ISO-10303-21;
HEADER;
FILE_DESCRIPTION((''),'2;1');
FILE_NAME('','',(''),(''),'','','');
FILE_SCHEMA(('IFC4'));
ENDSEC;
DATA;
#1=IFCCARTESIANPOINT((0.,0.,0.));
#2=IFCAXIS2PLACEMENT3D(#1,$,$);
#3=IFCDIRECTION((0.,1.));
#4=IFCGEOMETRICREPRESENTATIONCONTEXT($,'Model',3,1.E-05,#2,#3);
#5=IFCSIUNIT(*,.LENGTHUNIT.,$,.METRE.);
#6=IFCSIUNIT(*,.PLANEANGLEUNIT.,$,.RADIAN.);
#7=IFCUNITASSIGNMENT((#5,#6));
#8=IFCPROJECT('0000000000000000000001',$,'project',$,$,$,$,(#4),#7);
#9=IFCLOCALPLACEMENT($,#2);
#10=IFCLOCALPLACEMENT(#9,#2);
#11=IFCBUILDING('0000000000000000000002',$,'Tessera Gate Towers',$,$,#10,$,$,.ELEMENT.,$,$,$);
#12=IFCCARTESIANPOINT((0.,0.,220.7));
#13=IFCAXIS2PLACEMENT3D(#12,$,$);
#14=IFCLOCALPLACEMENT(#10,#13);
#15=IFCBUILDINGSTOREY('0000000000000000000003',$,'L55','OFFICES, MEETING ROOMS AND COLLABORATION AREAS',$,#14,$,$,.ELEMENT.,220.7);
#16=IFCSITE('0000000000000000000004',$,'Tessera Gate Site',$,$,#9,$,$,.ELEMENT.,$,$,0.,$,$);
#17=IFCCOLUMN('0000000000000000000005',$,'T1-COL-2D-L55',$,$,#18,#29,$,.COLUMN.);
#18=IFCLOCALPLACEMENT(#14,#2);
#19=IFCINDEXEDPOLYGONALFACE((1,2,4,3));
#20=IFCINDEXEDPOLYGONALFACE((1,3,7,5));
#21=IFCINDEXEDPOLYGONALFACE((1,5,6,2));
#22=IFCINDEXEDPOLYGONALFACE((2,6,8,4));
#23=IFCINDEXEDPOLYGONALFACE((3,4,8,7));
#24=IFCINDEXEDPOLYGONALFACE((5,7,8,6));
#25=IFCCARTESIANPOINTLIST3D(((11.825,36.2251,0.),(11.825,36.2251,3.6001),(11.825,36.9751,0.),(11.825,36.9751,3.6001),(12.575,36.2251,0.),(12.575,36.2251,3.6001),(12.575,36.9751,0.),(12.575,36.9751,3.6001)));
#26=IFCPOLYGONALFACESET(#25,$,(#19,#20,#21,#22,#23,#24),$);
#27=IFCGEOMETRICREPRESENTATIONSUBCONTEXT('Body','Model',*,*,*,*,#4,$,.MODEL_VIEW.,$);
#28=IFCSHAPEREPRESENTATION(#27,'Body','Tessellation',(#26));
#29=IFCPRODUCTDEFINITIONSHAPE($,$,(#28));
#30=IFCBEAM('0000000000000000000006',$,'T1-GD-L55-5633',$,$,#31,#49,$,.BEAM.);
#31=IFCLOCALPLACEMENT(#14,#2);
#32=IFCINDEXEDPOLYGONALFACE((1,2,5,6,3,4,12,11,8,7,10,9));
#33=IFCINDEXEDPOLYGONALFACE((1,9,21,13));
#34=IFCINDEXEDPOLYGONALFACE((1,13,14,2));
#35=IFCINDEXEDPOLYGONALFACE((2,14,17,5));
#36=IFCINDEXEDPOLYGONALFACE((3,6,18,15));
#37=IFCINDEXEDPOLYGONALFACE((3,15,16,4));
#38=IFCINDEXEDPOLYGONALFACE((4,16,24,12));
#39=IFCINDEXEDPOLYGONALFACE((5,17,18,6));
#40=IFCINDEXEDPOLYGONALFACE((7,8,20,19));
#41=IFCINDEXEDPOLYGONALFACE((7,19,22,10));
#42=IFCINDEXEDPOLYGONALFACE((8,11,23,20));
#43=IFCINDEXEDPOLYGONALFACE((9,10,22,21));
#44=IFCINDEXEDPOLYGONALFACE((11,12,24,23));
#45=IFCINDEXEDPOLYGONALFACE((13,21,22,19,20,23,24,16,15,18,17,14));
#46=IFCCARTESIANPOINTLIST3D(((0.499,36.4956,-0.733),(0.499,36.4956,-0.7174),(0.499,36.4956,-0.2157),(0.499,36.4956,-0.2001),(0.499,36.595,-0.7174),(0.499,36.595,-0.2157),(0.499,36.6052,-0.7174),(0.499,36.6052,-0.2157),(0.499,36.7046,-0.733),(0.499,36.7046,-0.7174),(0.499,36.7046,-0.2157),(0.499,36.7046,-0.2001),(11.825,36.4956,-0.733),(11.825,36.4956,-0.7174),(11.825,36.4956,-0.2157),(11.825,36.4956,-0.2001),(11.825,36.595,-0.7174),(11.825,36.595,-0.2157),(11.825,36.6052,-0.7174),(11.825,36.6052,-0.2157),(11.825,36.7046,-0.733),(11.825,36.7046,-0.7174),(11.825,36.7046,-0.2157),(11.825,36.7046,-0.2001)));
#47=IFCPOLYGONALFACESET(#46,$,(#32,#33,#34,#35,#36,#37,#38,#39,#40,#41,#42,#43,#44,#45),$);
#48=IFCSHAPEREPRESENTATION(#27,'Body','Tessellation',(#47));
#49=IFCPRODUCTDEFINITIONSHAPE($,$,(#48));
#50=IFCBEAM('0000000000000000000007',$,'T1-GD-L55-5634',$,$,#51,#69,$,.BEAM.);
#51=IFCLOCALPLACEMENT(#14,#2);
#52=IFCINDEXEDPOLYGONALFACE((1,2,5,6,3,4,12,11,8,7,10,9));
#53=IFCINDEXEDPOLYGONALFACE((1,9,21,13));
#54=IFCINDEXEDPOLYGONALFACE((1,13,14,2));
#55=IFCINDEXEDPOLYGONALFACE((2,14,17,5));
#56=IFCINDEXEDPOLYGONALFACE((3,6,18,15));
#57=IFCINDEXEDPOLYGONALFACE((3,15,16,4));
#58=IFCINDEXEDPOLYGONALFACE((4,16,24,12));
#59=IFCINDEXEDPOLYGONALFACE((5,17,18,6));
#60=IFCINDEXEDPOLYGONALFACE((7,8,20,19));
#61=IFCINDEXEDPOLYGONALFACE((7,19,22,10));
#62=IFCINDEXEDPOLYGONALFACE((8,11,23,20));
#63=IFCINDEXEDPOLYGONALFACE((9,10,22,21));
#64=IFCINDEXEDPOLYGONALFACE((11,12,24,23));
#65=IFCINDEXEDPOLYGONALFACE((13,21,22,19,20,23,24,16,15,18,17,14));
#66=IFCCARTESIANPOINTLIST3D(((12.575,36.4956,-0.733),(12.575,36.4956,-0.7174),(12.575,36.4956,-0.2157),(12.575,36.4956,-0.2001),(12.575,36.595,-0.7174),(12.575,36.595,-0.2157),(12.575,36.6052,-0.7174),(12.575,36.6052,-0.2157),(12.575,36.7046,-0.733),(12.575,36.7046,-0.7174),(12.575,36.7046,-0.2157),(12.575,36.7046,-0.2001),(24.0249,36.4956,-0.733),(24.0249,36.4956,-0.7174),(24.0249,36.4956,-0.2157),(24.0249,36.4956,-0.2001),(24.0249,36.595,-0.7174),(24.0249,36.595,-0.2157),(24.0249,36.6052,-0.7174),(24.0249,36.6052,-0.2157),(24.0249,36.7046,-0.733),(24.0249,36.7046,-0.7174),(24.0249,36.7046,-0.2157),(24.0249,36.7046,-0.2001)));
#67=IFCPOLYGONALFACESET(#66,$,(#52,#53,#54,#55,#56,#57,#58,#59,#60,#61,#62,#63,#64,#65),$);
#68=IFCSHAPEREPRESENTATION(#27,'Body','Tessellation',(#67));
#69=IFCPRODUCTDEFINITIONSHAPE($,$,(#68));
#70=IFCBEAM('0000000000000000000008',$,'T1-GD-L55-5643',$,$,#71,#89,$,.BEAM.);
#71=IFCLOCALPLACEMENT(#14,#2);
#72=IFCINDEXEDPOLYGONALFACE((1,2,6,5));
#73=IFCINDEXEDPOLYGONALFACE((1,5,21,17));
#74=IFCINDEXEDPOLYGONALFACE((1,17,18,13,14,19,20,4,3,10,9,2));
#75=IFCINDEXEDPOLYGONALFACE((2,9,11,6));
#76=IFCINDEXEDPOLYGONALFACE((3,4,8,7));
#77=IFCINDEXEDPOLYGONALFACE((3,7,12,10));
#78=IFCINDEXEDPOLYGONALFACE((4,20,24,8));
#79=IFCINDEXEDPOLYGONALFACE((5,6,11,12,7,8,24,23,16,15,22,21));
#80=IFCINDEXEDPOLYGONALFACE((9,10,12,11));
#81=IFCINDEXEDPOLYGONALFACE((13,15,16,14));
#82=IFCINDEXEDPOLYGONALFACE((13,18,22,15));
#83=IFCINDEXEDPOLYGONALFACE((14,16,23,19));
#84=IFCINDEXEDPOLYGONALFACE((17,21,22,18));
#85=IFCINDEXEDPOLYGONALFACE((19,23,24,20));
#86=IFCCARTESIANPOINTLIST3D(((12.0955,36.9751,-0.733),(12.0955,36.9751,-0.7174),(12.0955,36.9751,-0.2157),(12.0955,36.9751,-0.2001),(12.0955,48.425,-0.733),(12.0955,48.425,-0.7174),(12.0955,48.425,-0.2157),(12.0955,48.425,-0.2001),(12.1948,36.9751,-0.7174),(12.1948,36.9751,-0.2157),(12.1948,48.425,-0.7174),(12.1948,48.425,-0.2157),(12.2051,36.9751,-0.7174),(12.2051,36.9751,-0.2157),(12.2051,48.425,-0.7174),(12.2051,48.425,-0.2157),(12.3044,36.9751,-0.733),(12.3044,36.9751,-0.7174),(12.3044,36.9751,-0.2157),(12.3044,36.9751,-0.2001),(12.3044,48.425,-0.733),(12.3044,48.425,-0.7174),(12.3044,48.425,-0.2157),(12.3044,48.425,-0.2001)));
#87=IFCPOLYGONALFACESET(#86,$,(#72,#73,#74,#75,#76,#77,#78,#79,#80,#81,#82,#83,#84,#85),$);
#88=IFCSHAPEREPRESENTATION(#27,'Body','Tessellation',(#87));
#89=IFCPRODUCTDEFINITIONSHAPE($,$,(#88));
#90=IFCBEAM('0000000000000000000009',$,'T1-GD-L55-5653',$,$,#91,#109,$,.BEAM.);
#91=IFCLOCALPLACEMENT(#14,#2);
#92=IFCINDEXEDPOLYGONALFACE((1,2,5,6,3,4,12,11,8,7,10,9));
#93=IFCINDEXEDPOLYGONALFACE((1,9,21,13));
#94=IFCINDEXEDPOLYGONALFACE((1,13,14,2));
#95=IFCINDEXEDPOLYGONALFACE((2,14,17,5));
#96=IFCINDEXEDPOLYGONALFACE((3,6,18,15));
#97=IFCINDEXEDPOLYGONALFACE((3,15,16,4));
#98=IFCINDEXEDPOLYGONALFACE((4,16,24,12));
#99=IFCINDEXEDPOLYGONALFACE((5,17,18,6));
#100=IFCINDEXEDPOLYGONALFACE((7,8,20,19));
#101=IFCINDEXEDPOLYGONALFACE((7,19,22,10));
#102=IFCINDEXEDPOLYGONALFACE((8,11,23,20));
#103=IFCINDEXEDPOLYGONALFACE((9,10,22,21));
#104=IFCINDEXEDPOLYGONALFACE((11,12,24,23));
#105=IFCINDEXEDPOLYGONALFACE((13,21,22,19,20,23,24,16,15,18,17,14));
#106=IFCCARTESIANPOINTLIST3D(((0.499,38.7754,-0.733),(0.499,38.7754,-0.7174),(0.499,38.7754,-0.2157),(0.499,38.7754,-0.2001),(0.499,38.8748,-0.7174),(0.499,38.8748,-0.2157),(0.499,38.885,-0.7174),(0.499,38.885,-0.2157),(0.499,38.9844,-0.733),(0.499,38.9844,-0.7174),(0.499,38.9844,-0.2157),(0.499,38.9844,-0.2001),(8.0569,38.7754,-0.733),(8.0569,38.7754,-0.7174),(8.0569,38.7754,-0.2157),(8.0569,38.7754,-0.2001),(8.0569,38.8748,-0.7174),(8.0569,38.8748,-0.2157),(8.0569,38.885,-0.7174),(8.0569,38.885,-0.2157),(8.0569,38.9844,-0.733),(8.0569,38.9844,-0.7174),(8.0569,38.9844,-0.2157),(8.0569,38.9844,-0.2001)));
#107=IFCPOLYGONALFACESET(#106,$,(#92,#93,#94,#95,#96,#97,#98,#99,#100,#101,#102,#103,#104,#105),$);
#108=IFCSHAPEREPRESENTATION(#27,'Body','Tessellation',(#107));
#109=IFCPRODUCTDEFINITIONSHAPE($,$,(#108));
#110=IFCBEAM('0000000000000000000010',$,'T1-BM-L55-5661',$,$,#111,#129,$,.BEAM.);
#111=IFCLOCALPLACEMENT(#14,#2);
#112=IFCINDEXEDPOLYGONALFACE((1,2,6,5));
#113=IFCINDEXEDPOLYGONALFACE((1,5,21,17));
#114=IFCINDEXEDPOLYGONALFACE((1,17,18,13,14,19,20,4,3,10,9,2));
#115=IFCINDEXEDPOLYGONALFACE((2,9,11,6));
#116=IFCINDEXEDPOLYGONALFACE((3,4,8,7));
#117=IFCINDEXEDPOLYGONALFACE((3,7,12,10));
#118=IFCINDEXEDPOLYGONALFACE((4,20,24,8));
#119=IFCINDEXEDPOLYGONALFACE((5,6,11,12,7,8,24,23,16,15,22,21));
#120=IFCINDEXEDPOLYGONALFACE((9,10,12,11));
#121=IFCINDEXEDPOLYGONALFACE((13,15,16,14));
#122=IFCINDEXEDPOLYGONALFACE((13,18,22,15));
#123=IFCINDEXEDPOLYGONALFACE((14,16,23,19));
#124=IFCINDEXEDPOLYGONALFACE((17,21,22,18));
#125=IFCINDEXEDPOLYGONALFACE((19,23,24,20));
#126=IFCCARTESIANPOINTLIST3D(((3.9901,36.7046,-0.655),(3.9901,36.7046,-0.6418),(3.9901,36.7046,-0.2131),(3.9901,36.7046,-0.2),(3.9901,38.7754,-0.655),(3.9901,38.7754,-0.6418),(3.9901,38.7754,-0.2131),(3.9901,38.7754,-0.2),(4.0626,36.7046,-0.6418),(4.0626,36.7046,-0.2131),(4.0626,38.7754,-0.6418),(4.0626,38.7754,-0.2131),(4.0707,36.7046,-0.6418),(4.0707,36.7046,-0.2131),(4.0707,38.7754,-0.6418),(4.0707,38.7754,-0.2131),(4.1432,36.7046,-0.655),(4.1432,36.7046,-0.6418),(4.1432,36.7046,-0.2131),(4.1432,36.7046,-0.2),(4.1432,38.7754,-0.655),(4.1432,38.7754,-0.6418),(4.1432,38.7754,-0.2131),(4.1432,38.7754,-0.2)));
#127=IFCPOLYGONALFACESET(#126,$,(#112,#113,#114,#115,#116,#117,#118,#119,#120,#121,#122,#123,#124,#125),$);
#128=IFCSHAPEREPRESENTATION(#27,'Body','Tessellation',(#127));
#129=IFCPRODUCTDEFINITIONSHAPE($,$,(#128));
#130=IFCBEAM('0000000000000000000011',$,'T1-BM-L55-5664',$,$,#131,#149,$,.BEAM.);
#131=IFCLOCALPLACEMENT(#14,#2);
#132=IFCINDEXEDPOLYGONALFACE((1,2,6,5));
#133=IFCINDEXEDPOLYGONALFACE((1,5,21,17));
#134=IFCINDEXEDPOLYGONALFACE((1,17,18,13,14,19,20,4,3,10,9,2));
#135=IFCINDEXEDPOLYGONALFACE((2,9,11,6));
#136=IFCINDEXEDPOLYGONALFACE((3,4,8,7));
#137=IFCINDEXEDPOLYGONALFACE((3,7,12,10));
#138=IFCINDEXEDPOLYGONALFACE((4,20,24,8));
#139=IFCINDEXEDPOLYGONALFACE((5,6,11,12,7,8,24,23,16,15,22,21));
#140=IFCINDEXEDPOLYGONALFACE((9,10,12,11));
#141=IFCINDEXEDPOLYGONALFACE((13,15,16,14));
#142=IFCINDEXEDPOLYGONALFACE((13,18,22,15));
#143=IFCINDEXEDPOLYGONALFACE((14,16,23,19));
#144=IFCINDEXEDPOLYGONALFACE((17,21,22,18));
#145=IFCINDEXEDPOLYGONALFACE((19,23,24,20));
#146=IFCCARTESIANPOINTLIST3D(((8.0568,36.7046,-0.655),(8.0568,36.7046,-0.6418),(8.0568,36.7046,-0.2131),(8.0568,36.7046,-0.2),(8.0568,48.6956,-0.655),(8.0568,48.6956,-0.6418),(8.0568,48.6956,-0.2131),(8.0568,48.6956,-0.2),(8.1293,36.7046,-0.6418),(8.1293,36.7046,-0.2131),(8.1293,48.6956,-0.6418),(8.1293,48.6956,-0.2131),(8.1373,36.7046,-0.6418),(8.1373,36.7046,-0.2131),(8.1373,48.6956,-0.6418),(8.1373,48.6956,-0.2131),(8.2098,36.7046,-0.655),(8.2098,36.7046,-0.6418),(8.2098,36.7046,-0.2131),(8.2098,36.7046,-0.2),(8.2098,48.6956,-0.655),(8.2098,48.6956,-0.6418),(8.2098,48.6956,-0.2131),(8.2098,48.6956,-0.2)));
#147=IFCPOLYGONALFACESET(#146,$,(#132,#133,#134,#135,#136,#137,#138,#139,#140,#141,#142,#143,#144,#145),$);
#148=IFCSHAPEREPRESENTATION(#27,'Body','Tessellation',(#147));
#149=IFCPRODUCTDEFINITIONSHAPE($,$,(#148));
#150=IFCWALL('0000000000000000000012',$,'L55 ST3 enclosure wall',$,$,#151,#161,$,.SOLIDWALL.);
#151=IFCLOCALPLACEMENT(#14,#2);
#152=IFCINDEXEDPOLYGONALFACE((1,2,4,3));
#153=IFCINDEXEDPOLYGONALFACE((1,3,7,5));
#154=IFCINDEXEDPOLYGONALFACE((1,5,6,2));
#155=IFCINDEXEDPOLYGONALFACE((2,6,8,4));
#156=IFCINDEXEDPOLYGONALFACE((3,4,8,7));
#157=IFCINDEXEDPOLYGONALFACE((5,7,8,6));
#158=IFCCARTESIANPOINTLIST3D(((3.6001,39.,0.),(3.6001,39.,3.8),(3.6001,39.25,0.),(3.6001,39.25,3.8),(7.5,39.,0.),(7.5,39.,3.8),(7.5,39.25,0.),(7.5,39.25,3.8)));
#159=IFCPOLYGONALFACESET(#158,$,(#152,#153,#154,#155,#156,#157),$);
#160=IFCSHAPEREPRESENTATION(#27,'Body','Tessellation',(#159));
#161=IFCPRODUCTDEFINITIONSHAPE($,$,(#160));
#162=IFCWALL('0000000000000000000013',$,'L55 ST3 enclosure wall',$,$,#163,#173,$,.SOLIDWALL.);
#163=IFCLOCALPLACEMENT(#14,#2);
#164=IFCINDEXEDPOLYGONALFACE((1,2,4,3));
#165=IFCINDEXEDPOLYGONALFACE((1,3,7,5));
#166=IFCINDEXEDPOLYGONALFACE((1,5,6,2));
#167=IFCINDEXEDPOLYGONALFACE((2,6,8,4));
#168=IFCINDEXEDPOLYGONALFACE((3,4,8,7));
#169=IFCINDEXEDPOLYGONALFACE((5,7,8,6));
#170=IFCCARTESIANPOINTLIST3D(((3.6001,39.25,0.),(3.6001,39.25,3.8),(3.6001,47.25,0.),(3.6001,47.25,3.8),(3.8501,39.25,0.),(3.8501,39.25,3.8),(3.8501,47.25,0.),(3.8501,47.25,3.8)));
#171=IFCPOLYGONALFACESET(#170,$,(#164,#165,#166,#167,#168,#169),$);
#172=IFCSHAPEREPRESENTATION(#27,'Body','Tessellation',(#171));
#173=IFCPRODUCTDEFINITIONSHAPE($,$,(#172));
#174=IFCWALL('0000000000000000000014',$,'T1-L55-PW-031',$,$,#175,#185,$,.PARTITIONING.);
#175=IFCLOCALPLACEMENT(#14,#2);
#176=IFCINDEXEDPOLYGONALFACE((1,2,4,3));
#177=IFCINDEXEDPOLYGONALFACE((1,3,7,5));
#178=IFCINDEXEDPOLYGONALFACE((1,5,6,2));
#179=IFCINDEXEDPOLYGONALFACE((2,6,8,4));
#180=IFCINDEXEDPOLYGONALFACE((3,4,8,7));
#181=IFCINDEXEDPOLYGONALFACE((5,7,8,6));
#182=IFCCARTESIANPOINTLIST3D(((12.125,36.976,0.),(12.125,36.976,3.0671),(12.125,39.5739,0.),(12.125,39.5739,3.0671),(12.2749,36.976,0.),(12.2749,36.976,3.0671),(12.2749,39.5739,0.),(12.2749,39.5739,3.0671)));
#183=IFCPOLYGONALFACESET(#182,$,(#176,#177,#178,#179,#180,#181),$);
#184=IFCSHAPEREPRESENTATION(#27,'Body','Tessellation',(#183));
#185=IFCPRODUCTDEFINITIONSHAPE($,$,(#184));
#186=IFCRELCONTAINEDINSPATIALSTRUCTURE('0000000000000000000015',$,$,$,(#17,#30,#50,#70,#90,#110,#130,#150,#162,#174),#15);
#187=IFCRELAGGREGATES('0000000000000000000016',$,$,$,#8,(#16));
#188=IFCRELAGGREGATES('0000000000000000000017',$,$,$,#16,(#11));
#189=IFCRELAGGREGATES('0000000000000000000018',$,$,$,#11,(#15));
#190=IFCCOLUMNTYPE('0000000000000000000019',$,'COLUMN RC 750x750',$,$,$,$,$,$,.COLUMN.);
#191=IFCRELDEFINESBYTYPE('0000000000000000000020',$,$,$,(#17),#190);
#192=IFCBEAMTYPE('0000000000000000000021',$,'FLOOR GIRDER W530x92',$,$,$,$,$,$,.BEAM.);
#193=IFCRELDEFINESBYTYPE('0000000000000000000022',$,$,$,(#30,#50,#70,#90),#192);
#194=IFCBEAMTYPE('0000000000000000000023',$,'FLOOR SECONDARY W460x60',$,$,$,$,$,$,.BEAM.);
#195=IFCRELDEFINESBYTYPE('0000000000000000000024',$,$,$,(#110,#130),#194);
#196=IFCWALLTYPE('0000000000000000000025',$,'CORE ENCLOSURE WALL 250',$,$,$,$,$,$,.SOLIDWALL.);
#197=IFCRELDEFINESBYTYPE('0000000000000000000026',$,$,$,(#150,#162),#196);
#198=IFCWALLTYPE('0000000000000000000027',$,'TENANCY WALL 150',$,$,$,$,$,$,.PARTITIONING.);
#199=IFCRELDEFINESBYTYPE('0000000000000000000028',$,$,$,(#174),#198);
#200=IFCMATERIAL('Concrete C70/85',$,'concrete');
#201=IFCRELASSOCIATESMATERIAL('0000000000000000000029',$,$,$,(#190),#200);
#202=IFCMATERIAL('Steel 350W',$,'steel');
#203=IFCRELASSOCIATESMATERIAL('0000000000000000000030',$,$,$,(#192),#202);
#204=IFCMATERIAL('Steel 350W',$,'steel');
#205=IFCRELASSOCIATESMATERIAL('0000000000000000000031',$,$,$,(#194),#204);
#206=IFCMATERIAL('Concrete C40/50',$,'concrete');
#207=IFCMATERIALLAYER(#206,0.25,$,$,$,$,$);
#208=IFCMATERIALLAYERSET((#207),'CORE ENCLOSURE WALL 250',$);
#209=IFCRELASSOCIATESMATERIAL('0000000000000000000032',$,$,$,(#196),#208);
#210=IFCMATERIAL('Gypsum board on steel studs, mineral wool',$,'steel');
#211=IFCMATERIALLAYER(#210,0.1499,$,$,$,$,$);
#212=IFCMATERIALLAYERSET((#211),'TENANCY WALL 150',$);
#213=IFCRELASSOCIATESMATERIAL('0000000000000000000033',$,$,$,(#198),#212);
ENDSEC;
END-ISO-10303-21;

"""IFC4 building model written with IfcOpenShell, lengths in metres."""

from ifc_helpers import new_model, si_unit, direction, frame, frame_2d, origin, origin_2d, place, context, subcontext, project, spatial, rectangle, i_section, extrude, material, layer, layer_set, material_profile, profile_set, type_object, element, save


model = new_model("IFC4")

# Units and contexts
model_context = context("Model", 3, precision=1e-05, world=origin(), true_north=direction((0.0, 1.0)))
body_context = subcontext(model_context, "Body", "Model", "MODEL_VIEW")
ifc_project = project(units=[si_unit("LENGTHUNIT", "METRE"), si_unit("PLANEANGLEUNIT", "RADIAN")], contexts=[model_context])

# Site, building, storey
site_placement = place(None, origin())
site = spatial("IfcSite", under=ifc_project, at=site_placement, Name="Tessera Gate Site", CompositionType="ELEMENT", RefElevation=0.0)
building_placement = place(site_placement, origin())
building = spatial("IfcBuilding", under=site, at=building_placement, Name="Tessera Gate Towers", CompositionType="ELEMENT")
storey_placement = place(building_placement, frame((0.0, 0.0, 220.7)))
storey = spatial("IfcBuildingStorey", under=building, at=storey_placement, Name="L55", Description="OFFICES, MEETING ROOMS AND COLLABORATION AREAS", CompositionType="ELEMENT", Elevation=220.7)

# Column
ifc_material_1 = material(Name="Concrete C70/85", Category="concrete")
ifc_material_profile_1 = material_profile(ifc_material_1, rectangle(XDim=0.75, YDim=0.75, at=origin_2d()), Name="RC 750x750")
ifc_profile_set_1 = profile_set([ifc_material_profile_1], Name="Concrete C70/85")
column_type = type_object("IfcColumnType", Name="COLUMN RC 750x750", PredefinedType="COLUMN", material=ifc_profile_set_1)
column_placement = place(storey_placement, frame((12.2, 36.6001, 0.0), z_axis=(0.0, 0.0, 1.0), x_axis=(1.0, 0.0, 0.0)))
element("IfcColumn", 1, at=column_placement, inside=storey, type_object=column_type, Name="T1-COL-2D-L55", PredefinedType="COLUMN", context=body_context, shape_type="SweptSolid", body=[
    extrude(rectangle(XDim=0.75, YDim=0.75, at=origin_2d()), origin(), (0.0, 0.0, 1.0), 3.6001),
])

# Beams
ifc_material_2 = material(Name="Steel 350W", Category="steel")
ifc_material_profile_2 = material_profile(ifc_material_2, i_section(OverallWidth=0.209, OverallDepth=0.533, WebThickness=0.0103, FlangeThickness=0.0156, at=origin_2d()), Name="W530x92")
ifc_profile_set_2 = profile_set([ifc_material_profile_2], Name="Steel 350W")
beam_type_1 = type_object("IfcBeamType", Name="FLOOR GIRDER W530x92", PredefinedType="BEAM", material=ifc_profile_set_2)
beam_1_placement = place(storey_placement, frame((0.499, 36.6001, -0.4666), z_axis=(1.0, 0.0, 0.0), x_axis=(0.0, 1.0, 0.0)))
element("IfcBeam", 2, at=beam_1_placement, inside=storey, type_object=beam_type_1, Name="T1-GD-L55-5633", PredefinedType="BEAM", context=body_context, shape_type="SweptSolid", body=[
    extrude(i_section(OverallWidth=0.209, OverallDepth=0.533, WebThickness=0.0103, FlangeThickness=0.0156, at=origin_2d()), origin(), (0.0, 0.0, 1.0), 11.3259),
])
for number, where, z_axis, x_axis, name in (
    (3, (12.575, 36.6001, -0.4666), (1.0, 0.0, 0.0), (0.0, 1.0, 0.0), "T1-GD-L55-5634"),
    (4, (12.2, 36.9751, -0.4666), (0.0, 1.0, 0.0), (-1.0, 0.0, 0.0), "T1-GD-L55-5643"),
):
    element("IfcBeam", number, at=place(storey_placement, frame(where, z_axis=z_axis, x_axis=x_axis)), inside=storey, type_object=beam_type_1, Name=name, PredefinedType="BEAM", context=body_context, shape_type="SweptSolid", body=[
        extrude(i_section(OverallWidth=0.209, OverallDepth=0.533, WebThickness=0.0103, FlangeThickness=0.0156, at=origin_2d()), origin(), (0.0, 0.0, 1.0), 11.45),
    ])
beam_2_placement = place(storey_placement, frame((0.499, 38.8799, -0.4666), z_axis=(1.0, 0.0, 0.0), x_axis=(0.0, 1.0, 0.0)))
element("IfcBeam", 5, at=beam_2_placement, inside=storey, type_object=beam_type_1, Name="T1-GD-L55-5653", PredefinedType="BEAM", context=body_context, shape_type="SweptSolid", body=[
    extrude(i_section(OverallWidth=0.209, OverallDepth=0.533, WebThickness=0.0103, FlangeThickness=0.0156, at=origin_2d()), origin(), (0.0, 0.0, 1.0), 7.5579),
])
ifc_material_3 = material(Name="Steel 350W", Category="steel")
ifc_material_profile_3 = material_profile(ifc_material_3, i_section(OverallWidth=0.1531, OverallDepth=0.4551, WebThickness=0.0081, FlangeThickness=0.0132, at=origin_2d()), Name="W460x60")
ifc_profile_set_3 = profile_set([ifc_material_profile_3], Name="Steel 350W")
beam_type_2 = type_object("IfcBeamType", Name="FLOOR SECONDARY W460x60", PredefinedType="BEAM", material=ifc_profile_set_3)
beam_3_placement = place(storey_placement, frame((4.0667, 36.7046, -0.4275), z_axis=(0.0, 1.0, 0.0), x_axis=(-1.0, 0.0, 0.0)))
element("IfcBeam", 6, at=beam_3_placement, inside=storey, type_object=beam_type_2, Name="T1-BM-L55-5661", PredefinedType="BEAM", context=body_context, shape_type="SweptSolid", body=[
    extrude(i_section(OverallWidth=0.1531, OverallDepth=0.4551, WebThickness=0.0081, FlangeThickness=0.0132, at=origin_2d()), origin(), (0.0, 0.0, 1.0), 2.0708),
])
beam_4_placement = place(storey_placement, frame((8.1333, 36.7046, -0.4275), z_axis=(0.0, 1.0, 0.0), x_axis=(-1.0, 0.0, 0.0)))
element("IfcBeam", 7, at=beam_4_placement, inside=storey, type_object=beam_type_2, Name="T1-BM-L55-5664", PredefinedType="BEAM", context=body_context, shape_type="SweptSolid", body=[
    extrude(i_section(OverallWidth=0.1531, OverallDepth=0.4551, WebThickness=0.0081, FlangeThickness=0.0132, at=origin_2d()), origin(), (0.0, 0.0, 1.0), 11.991),
])

# Walls
ifc_material_4 = material(Name="Concrete C40/50", Category="concrete")
ifc_layer_1 = layer(ifc_material_4, 0.25)
ifc_layer_set_1 = layer_set([ifc_layer_1], Name="CORE ENCLOSURE WALL 250")
wall_type_1 = type_object("IfcWallType", Name="CORE ENCLOSURE WALL 250", PredefinedType="SOLIDWALL", material=ifc_layer_set_1)
wall_1_placement = place(storey_placement, frame((7.5, 39.125, 0.0), z_axis=(0.0, 0.0, 1.0), x_axis=(-1.0, 0.0, 0.0)))
element("IfcWall", 8, at=wall_1_placement, inside=storey, type_object=wall_type_1, Name="L55 ST3 enclosure wall", PredefinedType="SOLIDWALL", context=body_context, shape_type="SweptSolid", body=[
    extrude(rectangle(XDim=3.8999, YDim=0.25, at=frame_2d((1.95, 0.0))), origin(), (0.0, 0.0, 1.0), 3.8),
])
wall_2_placement = place(storey_placement, frame((3.7251, 39.25, 0.0), z_axis=(0.0, 0.0, 1.0), x_axis=(0.0, 1.0, 0.0)))
element("IfcWall", 9, at=wall_2_placement, inside=storey, type_object=wall_type_1, Name="L55 ST3 enclosure wall", PredefinedType="SOLIDWALL", context=body_context, shape_type="SweptSolid", body=[
    extrude(rectangle(XDim=8.0, YDim=0.25, at=frame_2d((4.0, 0.0))), origin(), (0.0, 0.0, 1.0), 3.8),
])
ifc_material_5 = material(Name="Gypsum board on steel studs, mineral wool", Category="steel")
ifc_layer_2 = layer(ifc_material_5, 0.1499)
ifc_layer_set_2 = layer_set([ifc_layer_2], Name="TENANCY WALL 150")
wall_type_2 = type_object("IfcWallType", Name="TENANCY WALL 150", PredefinedType="PARTITIONING", material=ifc_layer_set_2)
wall_3_placement = place(storey_placement, frame((12.2, 36.9761, 0.0), z_axis=(0.0, 0.0, 1.0), x_axis=(0.0, 1.0, 0.0)))
element("IfcWall", 10, at=wall_3_placement, inside=storey, type_object=wall_type_2, Name="T1-L55-PW-031", PredefinedType="PARTITIONING", context=body_context, shape_type="SweptSolid", body=[
    extrude(rectangle(XDim=2.5979, YDim=0.1499, at=frame_2d((1.2988, 0.0))), origin(), (0.0, 0.0, 1.0), 3.0671),
])

save(model, "model.ifc")
